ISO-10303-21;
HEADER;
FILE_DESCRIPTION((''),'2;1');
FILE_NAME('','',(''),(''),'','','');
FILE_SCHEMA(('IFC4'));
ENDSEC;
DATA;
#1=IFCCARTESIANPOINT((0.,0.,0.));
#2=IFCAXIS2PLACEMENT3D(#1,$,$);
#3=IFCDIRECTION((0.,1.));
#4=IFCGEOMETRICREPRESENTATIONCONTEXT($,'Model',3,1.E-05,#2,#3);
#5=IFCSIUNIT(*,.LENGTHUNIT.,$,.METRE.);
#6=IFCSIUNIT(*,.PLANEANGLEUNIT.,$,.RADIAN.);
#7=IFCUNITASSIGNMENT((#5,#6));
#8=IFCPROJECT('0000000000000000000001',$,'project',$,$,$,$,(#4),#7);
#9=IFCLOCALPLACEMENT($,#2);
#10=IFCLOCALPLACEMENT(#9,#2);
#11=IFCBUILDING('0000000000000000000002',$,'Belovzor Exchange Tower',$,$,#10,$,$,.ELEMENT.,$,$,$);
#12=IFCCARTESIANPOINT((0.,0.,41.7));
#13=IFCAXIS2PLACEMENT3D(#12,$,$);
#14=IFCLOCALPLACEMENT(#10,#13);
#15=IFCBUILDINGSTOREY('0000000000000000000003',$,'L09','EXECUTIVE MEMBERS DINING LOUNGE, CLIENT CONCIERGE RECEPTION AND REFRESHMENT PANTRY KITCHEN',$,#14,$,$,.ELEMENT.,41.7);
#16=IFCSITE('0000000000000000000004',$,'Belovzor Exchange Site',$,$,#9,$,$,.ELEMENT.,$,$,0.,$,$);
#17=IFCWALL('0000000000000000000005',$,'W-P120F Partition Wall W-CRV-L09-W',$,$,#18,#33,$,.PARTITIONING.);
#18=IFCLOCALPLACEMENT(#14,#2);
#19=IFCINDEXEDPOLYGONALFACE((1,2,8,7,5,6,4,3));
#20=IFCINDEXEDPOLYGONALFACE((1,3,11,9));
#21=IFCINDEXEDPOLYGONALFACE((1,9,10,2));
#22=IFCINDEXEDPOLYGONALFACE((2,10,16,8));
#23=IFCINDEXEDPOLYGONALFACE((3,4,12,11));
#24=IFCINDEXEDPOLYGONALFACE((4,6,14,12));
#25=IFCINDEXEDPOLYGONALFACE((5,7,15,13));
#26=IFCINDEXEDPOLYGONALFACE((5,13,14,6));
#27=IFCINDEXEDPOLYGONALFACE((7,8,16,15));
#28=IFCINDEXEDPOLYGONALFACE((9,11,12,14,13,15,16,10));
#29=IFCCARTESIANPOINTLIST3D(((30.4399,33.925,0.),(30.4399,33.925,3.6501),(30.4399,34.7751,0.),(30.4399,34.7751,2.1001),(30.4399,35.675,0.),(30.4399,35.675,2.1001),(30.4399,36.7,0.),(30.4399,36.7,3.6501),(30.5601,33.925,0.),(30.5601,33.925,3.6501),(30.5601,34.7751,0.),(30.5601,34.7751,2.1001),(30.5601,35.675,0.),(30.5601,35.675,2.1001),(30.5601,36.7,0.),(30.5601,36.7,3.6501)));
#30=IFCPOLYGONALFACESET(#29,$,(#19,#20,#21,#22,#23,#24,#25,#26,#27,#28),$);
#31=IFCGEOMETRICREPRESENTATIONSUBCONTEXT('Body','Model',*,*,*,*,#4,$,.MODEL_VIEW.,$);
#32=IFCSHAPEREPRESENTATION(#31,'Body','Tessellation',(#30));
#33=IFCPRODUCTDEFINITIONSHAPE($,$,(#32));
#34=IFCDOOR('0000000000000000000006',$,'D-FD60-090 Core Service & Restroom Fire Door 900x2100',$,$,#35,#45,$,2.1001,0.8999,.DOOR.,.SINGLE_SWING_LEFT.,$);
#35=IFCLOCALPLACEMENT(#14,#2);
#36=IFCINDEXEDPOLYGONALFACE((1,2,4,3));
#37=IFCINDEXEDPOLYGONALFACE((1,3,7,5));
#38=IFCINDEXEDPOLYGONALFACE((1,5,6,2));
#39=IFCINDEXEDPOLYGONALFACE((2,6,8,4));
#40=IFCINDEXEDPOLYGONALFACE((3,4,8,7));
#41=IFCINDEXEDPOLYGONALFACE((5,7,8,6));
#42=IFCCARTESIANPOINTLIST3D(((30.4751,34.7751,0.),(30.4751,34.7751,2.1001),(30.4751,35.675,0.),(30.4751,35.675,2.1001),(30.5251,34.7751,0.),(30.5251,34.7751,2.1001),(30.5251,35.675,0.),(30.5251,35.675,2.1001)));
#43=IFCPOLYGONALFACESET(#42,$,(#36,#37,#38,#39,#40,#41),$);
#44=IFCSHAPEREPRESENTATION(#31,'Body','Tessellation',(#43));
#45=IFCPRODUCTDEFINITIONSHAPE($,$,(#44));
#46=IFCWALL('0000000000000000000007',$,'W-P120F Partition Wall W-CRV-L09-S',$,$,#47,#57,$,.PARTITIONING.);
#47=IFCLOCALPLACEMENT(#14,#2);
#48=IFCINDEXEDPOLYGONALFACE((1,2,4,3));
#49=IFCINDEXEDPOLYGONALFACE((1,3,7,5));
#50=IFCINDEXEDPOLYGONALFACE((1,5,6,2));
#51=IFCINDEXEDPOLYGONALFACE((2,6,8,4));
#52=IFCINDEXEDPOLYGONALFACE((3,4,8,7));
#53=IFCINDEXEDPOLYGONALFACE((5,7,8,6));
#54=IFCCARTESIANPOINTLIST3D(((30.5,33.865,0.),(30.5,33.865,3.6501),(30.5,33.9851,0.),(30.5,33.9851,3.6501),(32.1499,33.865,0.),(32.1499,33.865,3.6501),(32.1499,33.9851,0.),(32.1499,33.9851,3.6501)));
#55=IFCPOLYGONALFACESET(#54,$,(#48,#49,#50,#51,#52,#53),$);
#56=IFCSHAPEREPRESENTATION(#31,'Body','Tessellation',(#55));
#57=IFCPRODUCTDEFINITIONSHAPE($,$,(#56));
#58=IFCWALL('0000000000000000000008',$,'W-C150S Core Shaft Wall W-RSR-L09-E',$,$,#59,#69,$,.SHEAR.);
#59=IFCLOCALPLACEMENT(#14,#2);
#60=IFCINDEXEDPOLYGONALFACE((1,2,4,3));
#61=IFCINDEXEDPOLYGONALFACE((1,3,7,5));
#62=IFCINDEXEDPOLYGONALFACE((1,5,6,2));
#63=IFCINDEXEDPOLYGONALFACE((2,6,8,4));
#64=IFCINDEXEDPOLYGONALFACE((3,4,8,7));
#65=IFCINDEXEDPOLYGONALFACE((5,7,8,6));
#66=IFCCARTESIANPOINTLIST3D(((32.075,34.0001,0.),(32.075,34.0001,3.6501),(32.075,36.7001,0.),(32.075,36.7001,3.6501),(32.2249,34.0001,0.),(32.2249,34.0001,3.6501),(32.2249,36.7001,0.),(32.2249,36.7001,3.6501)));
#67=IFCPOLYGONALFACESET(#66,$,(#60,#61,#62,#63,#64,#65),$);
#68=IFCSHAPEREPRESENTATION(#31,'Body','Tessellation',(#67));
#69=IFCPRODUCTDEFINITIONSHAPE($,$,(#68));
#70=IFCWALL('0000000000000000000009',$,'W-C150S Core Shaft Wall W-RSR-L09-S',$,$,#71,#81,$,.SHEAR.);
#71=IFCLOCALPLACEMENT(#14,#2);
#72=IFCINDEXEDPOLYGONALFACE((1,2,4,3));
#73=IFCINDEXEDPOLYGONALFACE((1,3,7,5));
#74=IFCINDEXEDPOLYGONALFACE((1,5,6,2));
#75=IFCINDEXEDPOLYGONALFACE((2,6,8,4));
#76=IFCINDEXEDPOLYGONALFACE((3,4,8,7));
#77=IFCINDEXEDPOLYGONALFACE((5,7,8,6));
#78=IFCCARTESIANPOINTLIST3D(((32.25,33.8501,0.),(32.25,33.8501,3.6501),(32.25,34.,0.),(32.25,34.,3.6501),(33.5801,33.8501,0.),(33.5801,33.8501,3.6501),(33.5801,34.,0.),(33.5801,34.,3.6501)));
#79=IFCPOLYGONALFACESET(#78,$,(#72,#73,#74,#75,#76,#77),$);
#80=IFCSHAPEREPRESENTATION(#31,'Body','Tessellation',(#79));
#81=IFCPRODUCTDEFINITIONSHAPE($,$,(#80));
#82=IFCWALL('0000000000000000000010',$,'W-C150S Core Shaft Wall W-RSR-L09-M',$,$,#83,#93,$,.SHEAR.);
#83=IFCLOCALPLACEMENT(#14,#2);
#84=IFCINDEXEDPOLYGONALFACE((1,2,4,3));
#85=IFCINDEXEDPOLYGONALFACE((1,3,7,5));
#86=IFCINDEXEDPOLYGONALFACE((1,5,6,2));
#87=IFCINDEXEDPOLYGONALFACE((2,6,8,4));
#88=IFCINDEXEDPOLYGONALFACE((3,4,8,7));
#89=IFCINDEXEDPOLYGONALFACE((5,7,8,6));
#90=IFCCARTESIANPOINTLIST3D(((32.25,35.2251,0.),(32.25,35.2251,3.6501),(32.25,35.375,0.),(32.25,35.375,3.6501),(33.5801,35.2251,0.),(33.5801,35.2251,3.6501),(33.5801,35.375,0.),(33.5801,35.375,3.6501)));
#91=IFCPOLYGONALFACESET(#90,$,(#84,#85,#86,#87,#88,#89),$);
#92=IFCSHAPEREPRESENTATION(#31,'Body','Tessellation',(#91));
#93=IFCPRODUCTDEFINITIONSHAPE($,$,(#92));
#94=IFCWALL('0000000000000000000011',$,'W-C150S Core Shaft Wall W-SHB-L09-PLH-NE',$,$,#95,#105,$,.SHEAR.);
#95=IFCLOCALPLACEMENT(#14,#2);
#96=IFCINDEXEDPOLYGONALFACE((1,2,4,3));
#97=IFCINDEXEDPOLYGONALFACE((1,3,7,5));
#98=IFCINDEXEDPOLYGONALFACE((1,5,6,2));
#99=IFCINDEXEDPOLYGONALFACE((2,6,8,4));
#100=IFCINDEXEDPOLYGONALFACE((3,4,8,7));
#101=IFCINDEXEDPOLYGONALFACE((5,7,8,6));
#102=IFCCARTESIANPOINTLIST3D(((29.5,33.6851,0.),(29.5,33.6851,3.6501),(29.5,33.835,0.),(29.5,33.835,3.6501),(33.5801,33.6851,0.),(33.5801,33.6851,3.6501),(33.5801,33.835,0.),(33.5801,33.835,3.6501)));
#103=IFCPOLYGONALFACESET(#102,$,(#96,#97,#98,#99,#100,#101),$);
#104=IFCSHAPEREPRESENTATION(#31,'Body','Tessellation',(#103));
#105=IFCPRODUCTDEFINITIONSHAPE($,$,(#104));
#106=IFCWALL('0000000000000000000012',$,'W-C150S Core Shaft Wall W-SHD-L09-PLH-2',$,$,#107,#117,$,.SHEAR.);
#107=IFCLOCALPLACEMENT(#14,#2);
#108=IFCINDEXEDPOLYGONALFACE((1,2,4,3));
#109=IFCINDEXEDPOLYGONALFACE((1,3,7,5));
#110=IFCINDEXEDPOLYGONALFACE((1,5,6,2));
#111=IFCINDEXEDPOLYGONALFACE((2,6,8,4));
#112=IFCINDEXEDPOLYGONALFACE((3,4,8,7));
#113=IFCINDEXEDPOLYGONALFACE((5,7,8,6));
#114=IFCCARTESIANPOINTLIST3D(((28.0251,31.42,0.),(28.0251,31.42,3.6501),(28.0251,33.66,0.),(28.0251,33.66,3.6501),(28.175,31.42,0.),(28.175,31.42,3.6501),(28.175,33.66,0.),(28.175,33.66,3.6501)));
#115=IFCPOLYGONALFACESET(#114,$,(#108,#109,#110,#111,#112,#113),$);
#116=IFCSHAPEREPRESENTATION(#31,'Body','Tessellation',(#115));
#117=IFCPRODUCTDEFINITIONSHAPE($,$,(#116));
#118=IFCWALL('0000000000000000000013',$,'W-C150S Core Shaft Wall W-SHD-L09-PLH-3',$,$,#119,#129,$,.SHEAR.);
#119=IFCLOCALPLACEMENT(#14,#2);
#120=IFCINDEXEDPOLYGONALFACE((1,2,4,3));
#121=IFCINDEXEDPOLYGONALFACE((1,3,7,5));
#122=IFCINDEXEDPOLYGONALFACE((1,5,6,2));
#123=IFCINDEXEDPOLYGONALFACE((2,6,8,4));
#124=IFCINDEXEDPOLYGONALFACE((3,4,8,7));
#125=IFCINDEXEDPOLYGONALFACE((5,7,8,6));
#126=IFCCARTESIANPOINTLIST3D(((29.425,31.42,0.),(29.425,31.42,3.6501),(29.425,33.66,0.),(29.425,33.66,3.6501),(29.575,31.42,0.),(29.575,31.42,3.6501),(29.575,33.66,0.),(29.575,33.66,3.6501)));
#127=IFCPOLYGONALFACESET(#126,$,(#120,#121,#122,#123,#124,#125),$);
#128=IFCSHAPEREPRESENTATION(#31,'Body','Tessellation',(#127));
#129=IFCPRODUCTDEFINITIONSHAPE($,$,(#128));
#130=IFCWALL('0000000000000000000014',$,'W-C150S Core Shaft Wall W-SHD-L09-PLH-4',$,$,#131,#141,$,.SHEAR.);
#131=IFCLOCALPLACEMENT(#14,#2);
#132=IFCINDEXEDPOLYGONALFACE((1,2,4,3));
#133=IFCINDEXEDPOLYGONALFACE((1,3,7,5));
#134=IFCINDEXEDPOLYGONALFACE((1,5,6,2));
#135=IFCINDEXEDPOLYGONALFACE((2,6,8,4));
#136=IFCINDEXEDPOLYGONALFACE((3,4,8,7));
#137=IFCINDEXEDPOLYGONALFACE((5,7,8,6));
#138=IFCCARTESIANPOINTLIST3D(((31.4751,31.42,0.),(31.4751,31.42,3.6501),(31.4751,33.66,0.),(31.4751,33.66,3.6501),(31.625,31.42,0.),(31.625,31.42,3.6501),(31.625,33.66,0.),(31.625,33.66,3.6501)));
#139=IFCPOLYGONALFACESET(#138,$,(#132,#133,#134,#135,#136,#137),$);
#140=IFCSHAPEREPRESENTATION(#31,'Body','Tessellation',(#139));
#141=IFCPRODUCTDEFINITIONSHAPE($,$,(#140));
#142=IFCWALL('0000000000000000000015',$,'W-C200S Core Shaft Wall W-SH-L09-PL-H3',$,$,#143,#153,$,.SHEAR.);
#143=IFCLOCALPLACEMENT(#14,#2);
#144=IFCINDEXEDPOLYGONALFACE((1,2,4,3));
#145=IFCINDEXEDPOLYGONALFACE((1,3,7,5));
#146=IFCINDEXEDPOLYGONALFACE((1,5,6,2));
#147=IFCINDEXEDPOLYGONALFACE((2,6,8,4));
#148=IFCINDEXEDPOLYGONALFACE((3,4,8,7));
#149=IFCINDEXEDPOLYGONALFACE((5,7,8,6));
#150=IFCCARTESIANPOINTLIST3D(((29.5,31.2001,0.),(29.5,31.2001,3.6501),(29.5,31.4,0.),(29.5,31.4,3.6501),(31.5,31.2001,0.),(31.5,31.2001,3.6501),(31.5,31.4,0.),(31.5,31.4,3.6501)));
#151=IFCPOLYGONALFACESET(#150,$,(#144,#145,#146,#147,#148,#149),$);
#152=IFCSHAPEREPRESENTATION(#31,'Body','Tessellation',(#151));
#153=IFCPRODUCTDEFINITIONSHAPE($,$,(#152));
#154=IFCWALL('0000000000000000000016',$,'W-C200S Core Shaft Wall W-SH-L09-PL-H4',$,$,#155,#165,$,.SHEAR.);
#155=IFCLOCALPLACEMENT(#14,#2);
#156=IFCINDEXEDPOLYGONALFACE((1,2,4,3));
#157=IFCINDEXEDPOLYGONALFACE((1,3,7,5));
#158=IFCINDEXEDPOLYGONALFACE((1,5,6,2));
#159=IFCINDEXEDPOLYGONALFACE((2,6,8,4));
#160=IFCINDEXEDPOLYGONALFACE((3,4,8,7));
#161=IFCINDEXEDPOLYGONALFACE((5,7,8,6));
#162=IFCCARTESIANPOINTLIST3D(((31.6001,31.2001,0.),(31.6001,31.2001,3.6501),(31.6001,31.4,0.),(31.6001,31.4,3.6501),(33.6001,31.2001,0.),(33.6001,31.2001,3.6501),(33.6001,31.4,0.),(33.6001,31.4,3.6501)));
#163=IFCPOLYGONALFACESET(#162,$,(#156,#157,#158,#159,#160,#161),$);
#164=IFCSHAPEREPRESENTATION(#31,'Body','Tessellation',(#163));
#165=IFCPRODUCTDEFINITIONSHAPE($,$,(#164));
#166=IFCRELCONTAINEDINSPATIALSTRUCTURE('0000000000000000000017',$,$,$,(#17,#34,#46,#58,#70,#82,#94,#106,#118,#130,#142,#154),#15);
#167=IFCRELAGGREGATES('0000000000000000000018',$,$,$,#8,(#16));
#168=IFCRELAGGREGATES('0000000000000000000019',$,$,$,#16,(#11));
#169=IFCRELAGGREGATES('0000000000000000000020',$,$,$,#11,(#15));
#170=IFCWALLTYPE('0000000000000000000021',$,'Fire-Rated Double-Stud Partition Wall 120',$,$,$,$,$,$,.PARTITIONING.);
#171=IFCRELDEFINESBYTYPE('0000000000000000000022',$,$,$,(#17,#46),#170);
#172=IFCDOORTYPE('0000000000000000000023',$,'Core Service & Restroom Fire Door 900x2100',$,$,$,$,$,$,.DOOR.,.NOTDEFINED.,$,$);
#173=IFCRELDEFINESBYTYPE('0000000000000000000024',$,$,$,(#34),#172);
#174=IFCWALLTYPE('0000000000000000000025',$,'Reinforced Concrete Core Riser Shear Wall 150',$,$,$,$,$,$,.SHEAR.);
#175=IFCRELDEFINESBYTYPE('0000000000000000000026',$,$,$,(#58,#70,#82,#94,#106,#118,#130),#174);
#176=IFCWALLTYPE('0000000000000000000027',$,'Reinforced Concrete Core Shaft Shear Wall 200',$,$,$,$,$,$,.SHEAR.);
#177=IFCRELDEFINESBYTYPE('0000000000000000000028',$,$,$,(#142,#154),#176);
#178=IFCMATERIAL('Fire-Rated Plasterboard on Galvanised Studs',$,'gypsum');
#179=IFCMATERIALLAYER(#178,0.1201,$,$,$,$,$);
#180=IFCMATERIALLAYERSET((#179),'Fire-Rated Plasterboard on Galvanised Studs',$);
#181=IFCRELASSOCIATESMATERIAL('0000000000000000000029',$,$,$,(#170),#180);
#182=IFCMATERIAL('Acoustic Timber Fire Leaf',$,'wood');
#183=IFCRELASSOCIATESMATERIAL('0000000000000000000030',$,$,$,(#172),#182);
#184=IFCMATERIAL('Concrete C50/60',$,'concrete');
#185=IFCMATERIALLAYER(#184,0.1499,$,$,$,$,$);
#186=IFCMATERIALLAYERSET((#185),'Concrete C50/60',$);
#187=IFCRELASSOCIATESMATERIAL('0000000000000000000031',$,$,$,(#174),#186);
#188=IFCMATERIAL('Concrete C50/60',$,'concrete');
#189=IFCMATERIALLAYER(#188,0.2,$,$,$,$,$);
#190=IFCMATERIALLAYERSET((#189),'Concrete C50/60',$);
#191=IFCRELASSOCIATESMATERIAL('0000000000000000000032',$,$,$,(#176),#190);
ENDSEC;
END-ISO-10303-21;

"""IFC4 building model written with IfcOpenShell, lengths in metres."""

from ifc_helpers import new_model, si_unit, direction, frame, frame_2d, origin, place, context, subcontext, project, spatial, rectangle, extrude, material, layer, layer_set, type_object, element, fill, save


model = new_model("IFC4")

# Units and contexts
model_context = context("Model", 3, precision=1e-05, world=origin(), true_north=direction((0.0, 1.0)))
body_context = subcontext(model_context, "Body", "Model", "MODEL_VIEW")
ifc_project = project(units=[si_unit("LENGTHUNIT", "METRE"), si_unit("PLANEANGLEUNIT", "RADIAN")], contexts=[model_context])

# Site, building, storey
site_placement = place(None, origin())
site = spatial("IfcSite", under=ifc_project, at=site_placement, Name="Belovzor Exchange Site", CompositionType="ELEMENT", RefElevation=0.0)
building_placement = place(site_placement, origin())
building = spatial("IfcBuilding", under=site, at=building_placement, Name="Belovzor Exchange Tower", CompositionType="ELEMENT")
storey_placement = place(building_placement, frame((0.0, 0.0, 41.7)))
storey = spatial("IfcBuildingStorey", under=building, at=storey_placement, Name="L09", Description="EXECUTIVE MEMBERS DINING LOUNGE, CLIENT CONCIERGE RECEPTION AND REFRESHMENT PANTRY KITCHEN", CompositionType="ELEMENT", Elevation=41.7)

# Wall, opening, door
ifc_material_1 = material(Name="Fire-Rated Plasterboard on Galvanised Studs", Category="gypsum")
ifc_layer_1 = layer(ifc_material_1, 0.1201)
ifc_layer_set_1 = layer_set([ifc_layer_1], Name="Fire-Rated Plasterboard on Galvanised Studs")
wall_type_1 = type_object("IfcWallType", Name="Fire-Rated Double-Stud Partition Wall 120", PredefinedType="PARTITIONING", material=ifc_layer_set_1)
wall_1_placement = place(storey_placement, frame((30.5, 33.925, 0.0), z_axis=(0.0, 0.0, 1.0), x_axis=(0.0, 1.0, 0.0)))
wall_1 = element("IfcWall", 1, at=wall_1_placement, inside=storey, type_object=wall_type_1, Name="W-P120F Partition Wall W-CRV-L09-W", PredefinedType="PARTITIONING", context=body_context, shape_type="SweptSolid", body=[
    extrude(rectangle(XDim=2.7749, YDim=0.1201, at=frame_2d((1.3875, 0.0))), origin(), (0.0, 0.0, 1.0), 3.6501),
])
opening_placement = place(wall_1_placement, frame((0.8501, 0.0, 0.0)))
opening = element("IfcOpeningElement", 2, at=opening_placement, cuts=wall_1, PredefinedType="OPENING", context=body_context, shape_type="SweptSolid", body=[
    extrude(rectangle(XDim=0.8999, YDim=2.1001, at=frame_2d((0.45, 1.05))), frame((0.0, 0.0701, 0.0), z_axis=(0.0, -1.0, 0.0), x_axis=(1.0, 0.0, 0.0)), (0.0, 0.0, 1.0), 0.1401),
])
ifc_material_2 = material(Name="Acoustic Timber Fire Leaf", Category="wood")
door_type = type_object("IfcDoorType", Name="Core Service & Restroom Fire Door 900x2100", OperationType="NOTDEFINED", PredefinedType="DOOR", material=ifc_material_2)
door_placement = place(opening_placement, origin())
door = element("IfcDoor", 3, at=door_placement, inside=storey, type_object=door_type, Name="D-FD60-090 Core Service & Restroom Fire Door 900x2100", OperationType="SINGLE_SWING_LEFT", OverallHeight=2.1001, OverallWidth=0.8999, PredefinedType="DOOR", context=body_context, shape_type="SweptSolid", body=[
    extrude(rectangle(XDim=0.8999, YDim=2.1001, at=frame_2d((0.45, 1.05))), frame((0.0, 0.0249, 0.0), z_axis=(0.0, -1.0, 0.0), x_axis=(1.0, 0.0, 0.0)), (0.0, 0.0, 1.0), 0.05),
])
fill(opening, door)

# Walls
wall_2_placement = place(storey_placement, frame((30.5, 33.925, 0.0), z_axis=(0.0, 0.0, 1.0), x_axis=(1.0, 0.0, 0.0)))
element("IfcWall", 4, at=wall_2_placement, inside=storey, type_object=wall_type_1, Name="W-P120F Partition Wall W-CRV-L09-S", PredefinedType="PARTITIONING", context=body_context, shape_type="SweptSolid", body=[
    extrude(rectangle(XDim=1.6499, YDim=0.1201, at=frame_2d((0.825, 0.0))), origin(), (0.0, 0.0, 1.0), 3.6501),
])
ifc_material_3 = material(Name="Concrete C50/60", Category="concrete")
ifc_layer_2 = layer(ifc_material_3, 0.1499)
ifc_layer_set_2 = layer_set([ifc_layer_2], Name="Concrete C50/60")
wall_type_2 = type_object("IfcWallType", Name="Reinforced Concrete Core Riser Shear Wall 150", PredefinedType="SHEAR", material=ifc_layer_set_2)
wall_3_placement = place(storey_placement, frame((32.1499, 34.0, 0.0), z_axis=(0.0, 0.0, 1.0), x_axis=(0.0, 1.0, 0.0)))
element("IfcWall", 5, at=wall_3_placement, inside=storey, type_object=wall_type_2, Name="W-C150S Core Shaft Wall W-RSR-L09-E", PredefinedType="SHEAR", context=body_context, shape_type="SweptSolid", body=[
    extrude(rectangle(XDim=2.7, YDim=0.1499, at=frame_2d((1.3501, 0.0))), origin(), (0.0, 0.0, 1.0), 3.6501),
])
for number, where, z_axis, x_axis, name in (
    (6, (32.25, 33.925, 0.0), (0.0, 0.0, 1.0), (1.0, 0.0, 0.0), "W-C150S Core Shaft Wall W-RSR-L09-S"),
    (7, (32.25, 35.3, 0.0), (0.0, 0.0, 1.0), (1.0, 0.0, 0.0), "W-C150S Core Shaft Wall W-RSR-L09-M"),
):
    element("IfcWall", number, at=place(storey_placement, frame(where, z_axis=z_axis, x_axis=x_axis)), inside=storey, type_object=wall_type_2, Name=name, PredefinedType="SHEAR", context=body_context, shape_type="SweptSolid", body=[
        extrude(rectangle(XDim=1.3301, YDim=0.1499, at=frame_2d((0.665, 0.0))), origin(), (0.0, 0.0, 1.0), 3.6501),
    ])
wall_4_placement = place(storey_placement, frame((29.5, 33.76, 0.0), z_axis=(0.0, 0.0, 1.0), x_axis=(1.0, 0.0, 0.0)))
element("IfcWall", 8, at=wall_4_placement, inside=storey, type_object=wall_type_2, Name="W-C150S Core Shaft Wall W-SHB-L09-PLH-NE", PredefinedType="SHEAR", context=body_context, shape_type="SweptSolid", body=[
    extrude(rectangle(XDim=4.0801, YDim=0.1499, at=frame_2d((2.04, 0.0))), origin(), (0.0, 0.0, 1.0), 3.6501),
])
for number, where, z_axis, x_axis, name in (
    (9, (28.1001, 31.4199, 0.0), (0.0, 0.0, 1.0), (0.0, 1.0, 0.0), "W-C150S Core Shaft Wall W-SHD-L09-PLH-2"),
    (10, (29.5, 31.4199, 0.0), (0.0, 0.0, 1.0), (0.0, 1.0, 0.0), "W-C150S Core Shaft Wall W-SHD-L09-PLH-3"),
    (11, (31.55, 31.4199, 0.0), (0.0, 0.0, 1.0), (0.0, 1.0, 0.0), "W-C150S Core Shaft Wall W-SHD-L09-PLH-4"),
):
    element("IfcWall", number, at=place(storey_placement, frame(where, z_axis=z_axis, x_axis=x_axis)), inside=storey, type_object=wall_type_2, Name=name, PredefinedType="SHEAR", context=body_context, shape_type="SweptSolid", body=[
        extrude(rectangle(XDim=2.24, YDim=0.1499, at=frame_2d((1.1201, 0.0))), origin(), (0.0, 0.0, 1.0), 3.6501),
    ])
ifc_material_4 = material(Name="Concrete C50/60", Category="concrete")
ifc_layer_3 = layer(ifc_material_4, 0.2)
ifc_layer_set_3 = layer_set([ifc_layer_3], Name="Concrete C50/60")
wall_type_3 = type_object("IfcWallType", Name="Reinforced Concrete Core Shaft Shear Wall 200", PredefinedType="SHEAR", material=ifc_layer_set_3)
for number, where, z_axis, x_axis, name in (
    (12, (29.5, 31.3, 0.0), (0.0, 0.0, 1.0), (1.0, 0.0, 0.0), "W-C200S Core Shaft Wall W-SH-L09-PL-H3"),
    (13, (31.6001, 31.3, 0.0), (0.0, 0.0, 1.0), (1.0, 0.0, 0.0), "W-C200S Core Shaft Wall W-SH-L09-PL-H4"),
):
    element("IfcWall", number, at=place(storey_placement, frame(where, z_axis=z_axis, x_axis=x_axis)), inside=storey, type_object=wall_type_3, Name=name, PredefinedType="SHEAR", context=body_context, shape_type="SweptSolid", body=[
        extrude(rectangle(XDim=2.0, YDim=0.2, at=frame_2d((1.0, 0.0))), origin(), (0.0, 0.0, 1.0), 3.6501),
    ])

save(model, "model.ifc")
